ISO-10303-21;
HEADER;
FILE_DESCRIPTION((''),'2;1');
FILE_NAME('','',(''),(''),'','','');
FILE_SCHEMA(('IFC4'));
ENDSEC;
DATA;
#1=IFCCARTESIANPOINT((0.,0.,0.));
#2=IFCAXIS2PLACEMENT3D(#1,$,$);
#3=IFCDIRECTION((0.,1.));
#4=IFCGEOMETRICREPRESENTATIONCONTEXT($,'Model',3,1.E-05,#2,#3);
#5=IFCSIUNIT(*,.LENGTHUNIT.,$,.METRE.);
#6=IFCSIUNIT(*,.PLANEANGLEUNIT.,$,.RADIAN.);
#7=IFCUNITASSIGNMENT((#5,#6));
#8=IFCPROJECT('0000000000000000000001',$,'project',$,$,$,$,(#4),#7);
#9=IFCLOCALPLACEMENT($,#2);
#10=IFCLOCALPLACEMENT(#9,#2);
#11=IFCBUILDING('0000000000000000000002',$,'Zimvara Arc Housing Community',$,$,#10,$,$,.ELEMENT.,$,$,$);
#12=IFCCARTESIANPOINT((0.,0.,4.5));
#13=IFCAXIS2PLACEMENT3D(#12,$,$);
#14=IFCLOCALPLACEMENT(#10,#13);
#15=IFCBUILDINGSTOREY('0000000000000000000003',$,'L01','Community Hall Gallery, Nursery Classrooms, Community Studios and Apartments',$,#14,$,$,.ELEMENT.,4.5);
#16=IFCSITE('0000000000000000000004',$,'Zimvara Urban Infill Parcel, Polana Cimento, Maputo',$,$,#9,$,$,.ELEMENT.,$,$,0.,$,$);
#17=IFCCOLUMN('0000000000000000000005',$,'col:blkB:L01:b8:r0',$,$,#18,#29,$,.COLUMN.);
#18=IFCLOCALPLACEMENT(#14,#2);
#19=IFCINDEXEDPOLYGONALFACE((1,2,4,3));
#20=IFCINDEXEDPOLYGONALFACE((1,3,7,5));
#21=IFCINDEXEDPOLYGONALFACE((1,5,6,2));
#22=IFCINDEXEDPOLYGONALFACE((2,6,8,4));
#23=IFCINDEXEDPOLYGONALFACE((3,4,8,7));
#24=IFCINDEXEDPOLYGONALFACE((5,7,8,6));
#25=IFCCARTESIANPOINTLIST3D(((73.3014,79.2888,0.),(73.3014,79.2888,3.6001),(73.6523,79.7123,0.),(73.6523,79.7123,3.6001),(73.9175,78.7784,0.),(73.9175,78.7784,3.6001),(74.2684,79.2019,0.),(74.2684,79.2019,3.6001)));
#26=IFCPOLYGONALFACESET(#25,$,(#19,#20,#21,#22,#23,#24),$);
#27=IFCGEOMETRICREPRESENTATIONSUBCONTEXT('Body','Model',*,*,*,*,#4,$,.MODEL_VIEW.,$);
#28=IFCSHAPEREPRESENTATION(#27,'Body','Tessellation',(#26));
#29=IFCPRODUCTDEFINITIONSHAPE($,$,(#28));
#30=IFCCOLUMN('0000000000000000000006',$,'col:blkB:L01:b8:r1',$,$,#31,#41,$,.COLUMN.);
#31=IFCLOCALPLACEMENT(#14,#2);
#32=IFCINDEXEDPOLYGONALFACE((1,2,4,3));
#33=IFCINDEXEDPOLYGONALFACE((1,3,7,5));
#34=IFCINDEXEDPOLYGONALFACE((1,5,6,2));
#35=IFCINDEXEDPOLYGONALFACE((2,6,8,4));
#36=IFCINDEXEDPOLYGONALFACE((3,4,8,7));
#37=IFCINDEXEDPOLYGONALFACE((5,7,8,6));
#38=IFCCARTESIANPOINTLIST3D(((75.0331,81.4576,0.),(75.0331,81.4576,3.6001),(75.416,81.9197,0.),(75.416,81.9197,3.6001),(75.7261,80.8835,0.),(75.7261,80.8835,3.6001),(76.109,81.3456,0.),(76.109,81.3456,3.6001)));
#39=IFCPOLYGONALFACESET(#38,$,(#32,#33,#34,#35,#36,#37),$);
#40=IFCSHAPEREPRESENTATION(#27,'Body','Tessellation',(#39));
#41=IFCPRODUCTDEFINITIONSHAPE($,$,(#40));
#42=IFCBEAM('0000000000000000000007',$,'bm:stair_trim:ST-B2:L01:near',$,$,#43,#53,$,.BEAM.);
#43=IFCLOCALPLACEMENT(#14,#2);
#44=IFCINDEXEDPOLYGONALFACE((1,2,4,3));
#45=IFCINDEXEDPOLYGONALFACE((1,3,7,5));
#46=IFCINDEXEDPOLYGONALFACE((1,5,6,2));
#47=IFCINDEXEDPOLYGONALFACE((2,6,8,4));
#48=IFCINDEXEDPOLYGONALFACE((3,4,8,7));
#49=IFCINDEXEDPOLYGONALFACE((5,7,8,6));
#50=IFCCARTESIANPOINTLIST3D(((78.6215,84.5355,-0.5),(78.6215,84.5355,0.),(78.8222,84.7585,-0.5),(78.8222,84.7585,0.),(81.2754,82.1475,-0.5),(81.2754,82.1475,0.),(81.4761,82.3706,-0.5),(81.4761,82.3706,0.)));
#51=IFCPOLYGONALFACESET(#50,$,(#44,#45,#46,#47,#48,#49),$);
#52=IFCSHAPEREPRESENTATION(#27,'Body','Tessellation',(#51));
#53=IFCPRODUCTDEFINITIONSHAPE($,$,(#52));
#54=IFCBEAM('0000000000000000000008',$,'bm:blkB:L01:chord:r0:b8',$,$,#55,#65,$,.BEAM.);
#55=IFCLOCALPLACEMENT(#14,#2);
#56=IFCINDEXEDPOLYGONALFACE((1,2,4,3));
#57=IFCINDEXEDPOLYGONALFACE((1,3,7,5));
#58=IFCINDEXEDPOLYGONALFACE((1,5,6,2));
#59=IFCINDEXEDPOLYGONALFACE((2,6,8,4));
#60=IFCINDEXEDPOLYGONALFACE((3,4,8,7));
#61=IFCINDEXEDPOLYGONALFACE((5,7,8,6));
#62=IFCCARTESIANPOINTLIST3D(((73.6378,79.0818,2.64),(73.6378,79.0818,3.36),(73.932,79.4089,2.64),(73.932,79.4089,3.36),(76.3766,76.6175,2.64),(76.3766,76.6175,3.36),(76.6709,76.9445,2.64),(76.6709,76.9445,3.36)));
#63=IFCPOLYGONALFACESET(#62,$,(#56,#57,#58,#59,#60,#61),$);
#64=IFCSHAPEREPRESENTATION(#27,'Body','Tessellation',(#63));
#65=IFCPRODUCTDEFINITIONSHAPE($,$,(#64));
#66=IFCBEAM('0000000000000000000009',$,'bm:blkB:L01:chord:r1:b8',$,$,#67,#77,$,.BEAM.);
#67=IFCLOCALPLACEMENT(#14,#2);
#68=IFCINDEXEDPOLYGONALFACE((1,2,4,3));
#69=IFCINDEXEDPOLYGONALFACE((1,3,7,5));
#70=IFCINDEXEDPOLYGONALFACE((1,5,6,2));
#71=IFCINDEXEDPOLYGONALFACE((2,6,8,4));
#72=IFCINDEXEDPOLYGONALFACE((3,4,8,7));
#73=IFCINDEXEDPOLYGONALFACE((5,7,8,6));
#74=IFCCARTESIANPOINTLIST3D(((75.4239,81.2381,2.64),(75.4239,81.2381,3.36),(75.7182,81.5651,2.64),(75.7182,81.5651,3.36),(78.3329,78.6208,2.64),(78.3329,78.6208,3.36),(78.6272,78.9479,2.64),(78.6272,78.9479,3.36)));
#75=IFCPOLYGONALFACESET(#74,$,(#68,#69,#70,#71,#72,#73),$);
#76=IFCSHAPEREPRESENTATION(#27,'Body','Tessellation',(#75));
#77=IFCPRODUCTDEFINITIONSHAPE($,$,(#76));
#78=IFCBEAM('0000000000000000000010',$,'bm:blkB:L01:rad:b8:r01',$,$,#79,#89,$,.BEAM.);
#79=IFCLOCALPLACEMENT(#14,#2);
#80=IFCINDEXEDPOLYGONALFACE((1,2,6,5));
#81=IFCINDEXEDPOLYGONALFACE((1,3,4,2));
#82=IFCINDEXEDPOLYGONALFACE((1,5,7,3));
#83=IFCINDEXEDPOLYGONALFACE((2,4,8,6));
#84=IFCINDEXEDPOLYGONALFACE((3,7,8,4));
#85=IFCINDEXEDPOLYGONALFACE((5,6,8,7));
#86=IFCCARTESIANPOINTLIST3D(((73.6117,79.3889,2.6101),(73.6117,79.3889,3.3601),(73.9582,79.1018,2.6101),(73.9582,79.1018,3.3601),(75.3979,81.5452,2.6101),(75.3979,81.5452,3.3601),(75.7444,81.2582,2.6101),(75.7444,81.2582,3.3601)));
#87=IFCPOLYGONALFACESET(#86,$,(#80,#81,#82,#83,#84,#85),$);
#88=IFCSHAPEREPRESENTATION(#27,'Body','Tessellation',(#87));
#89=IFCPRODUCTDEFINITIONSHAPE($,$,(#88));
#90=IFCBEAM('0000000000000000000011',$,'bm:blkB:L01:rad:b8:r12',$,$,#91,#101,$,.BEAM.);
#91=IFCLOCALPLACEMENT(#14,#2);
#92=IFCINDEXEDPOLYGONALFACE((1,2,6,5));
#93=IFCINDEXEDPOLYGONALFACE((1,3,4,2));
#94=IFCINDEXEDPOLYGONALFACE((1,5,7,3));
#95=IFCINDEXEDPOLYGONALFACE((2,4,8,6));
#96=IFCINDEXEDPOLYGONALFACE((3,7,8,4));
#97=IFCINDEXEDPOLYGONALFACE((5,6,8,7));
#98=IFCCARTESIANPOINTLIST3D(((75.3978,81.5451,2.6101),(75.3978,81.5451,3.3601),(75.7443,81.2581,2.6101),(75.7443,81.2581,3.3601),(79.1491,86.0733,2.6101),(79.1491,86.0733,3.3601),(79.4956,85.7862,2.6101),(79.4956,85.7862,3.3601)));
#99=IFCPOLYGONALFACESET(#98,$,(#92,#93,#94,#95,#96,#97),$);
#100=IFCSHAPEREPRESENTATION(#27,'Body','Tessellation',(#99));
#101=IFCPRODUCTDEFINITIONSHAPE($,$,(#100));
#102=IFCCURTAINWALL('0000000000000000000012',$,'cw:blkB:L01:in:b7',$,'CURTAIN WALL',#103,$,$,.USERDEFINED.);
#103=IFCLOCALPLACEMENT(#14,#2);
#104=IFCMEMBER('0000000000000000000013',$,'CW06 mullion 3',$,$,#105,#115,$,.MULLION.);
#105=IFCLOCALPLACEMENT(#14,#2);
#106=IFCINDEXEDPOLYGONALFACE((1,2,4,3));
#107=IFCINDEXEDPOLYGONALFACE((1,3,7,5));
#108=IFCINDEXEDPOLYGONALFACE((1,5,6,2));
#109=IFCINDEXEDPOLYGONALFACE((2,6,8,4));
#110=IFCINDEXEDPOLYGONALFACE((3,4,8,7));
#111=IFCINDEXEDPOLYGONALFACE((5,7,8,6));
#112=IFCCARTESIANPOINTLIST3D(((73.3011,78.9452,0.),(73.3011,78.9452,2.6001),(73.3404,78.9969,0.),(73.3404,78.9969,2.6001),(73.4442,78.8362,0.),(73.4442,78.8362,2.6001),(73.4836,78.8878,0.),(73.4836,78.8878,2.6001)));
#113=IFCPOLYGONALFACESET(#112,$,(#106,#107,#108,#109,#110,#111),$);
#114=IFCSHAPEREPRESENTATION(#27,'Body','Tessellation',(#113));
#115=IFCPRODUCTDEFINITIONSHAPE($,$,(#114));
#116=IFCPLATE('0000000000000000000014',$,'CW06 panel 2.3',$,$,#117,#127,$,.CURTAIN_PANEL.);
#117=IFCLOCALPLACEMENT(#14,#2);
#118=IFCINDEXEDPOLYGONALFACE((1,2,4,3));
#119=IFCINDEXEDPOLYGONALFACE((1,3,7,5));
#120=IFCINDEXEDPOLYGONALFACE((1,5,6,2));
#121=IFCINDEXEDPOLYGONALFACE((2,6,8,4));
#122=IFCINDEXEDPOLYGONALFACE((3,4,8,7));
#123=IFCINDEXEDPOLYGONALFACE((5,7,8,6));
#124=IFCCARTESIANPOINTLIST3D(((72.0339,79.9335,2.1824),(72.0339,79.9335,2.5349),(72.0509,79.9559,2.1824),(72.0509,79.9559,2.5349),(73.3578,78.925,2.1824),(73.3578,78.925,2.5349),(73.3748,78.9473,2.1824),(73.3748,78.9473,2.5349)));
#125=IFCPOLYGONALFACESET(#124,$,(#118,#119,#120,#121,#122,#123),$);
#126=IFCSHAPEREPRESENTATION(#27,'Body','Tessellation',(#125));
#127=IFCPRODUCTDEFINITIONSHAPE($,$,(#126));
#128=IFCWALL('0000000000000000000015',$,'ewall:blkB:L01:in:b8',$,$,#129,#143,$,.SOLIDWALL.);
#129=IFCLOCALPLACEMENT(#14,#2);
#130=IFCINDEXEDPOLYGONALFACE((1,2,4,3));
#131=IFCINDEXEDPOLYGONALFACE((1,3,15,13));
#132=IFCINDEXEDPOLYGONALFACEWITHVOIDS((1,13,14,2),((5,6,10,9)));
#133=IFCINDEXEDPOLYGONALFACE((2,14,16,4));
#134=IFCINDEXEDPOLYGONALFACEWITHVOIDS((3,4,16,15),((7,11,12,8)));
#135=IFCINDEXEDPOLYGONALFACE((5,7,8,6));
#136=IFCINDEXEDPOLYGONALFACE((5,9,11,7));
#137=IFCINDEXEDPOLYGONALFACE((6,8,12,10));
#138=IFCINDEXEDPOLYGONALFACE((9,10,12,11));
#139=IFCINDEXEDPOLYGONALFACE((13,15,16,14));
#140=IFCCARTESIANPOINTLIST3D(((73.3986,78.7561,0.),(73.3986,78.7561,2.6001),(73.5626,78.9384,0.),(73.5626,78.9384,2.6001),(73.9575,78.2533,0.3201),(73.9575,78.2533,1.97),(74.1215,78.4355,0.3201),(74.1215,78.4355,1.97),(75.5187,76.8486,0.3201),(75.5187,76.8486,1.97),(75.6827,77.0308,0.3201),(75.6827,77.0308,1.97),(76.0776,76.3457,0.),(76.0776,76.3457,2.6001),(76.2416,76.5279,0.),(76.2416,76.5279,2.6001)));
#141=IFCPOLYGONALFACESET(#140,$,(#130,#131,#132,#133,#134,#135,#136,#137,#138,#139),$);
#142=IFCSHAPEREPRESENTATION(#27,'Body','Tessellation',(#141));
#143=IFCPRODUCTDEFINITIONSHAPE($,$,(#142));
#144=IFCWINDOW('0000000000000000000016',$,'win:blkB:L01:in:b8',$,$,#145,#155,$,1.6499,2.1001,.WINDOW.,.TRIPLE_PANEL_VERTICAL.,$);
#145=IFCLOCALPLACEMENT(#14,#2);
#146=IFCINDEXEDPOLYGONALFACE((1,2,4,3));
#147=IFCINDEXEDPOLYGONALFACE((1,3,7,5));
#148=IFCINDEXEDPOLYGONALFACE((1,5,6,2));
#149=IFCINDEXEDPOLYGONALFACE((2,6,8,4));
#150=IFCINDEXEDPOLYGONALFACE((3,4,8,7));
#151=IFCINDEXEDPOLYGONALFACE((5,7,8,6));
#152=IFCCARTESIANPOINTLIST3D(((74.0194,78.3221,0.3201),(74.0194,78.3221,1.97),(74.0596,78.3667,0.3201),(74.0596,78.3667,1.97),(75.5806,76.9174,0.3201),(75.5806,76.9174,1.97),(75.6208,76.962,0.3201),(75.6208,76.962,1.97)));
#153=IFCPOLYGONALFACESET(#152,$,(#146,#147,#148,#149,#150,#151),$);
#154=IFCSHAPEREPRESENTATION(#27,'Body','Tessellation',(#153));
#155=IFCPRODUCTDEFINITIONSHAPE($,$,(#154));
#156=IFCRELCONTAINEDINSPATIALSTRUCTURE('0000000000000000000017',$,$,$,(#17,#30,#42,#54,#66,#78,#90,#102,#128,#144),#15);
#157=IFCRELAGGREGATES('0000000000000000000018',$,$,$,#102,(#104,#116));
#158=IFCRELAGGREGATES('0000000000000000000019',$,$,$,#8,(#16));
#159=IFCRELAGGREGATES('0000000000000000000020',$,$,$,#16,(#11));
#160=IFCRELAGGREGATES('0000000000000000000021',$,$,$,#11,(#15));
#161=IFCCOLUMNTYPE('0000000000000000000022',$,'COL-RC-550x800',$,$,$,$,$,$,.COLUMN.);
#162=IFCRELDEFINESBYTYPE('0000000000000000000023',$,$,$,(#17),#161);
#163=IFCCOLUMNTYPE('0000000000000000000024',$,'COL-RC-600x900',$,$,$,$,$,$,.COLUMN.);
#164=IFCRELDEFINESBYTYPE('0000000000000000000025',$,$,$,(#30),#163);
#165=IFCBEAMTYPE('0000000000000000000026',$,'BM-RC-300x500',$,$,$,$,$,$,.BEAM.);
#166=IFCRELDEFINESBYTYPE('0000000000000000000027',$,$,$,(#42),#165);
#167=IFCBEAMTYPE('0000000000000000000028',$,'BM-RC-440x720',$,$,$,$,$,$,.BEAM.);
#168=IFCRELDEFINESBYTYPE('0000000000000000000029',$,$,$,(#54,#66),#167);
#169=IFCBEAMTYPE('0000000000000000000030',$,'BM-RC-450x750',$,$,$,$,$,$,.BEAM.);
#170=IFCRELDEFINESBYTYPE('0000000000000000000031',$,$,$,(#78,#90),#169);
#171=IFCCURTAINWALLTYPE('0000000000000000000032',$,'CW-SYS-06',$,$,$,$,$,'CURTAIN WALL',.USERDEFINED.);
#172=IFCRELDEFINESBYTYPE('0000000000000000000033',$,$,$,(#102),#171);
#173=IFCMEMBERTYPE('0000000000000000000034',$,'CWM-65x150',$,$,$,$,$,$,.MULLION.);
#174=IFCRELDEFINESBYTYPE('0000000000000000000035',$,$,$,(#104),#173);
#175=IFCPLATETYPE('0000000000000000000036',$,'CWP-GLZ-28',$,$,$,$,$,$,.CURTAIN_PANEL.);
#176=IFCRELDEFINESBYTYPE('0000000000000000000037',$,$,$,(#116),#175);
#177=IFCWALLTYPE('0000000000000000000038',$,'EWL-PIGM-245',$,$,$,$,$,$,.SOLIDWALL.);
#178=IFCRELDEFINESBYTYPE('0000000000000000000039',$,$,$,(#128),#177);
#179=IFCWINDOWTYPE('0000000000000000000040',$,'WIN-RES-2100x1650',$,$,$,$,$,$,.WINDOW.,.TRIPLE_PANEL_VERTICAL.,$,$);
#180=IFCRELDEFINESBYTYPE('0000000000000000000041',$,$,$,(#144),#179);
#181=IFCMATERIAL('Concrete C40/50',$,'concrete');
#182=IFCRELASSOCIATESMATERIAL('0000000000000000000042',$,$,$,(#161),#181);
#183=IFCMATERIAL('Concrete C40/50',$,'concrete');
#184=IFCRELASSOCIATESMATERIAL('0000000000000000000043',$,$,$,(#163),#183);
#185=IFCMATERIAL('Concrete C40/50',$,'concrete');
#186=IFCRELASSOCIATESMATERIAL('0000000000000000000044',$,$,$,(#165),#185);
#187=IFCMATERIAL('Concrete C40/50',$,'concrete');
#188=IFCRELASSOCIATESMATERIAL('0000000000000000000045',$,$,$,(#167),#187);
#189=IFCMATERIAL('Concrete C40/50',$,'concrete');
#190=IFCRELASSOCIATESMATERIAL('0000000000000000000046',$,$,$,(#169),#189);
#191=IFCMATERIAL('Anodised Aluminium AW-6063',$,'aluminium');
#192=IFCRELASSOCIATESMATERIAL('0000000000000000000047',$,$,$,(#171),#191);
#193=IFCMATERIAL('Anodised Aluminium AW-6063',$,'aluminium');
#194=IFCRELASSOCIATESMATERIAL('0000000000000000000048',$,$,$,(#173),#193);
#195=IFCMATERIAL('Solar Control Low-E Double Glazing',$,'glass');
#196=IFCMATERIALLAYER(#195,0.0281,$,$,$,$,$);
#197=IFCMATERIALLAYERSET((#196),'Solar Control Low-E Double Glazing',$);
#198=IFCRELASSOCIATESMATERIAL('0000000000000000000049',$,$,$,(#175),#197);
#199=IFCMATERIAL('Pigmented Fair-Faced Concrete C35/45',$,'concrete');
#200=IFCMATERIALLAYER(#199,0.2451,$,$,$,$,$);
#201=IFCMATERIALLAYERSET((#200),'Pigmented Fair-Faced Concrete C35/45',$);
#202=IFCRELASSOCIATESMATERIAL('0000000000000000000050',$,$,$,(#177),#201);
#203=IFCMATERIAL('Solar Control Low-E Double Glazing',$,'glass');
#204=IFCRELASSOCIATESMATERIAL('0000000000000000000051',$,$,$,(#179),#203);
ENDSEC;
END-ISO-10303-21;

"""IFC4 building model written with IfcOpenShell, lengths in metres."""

from ifc_helpers import new_model, si_unit, direction, frame, frame_2d, origin, origin_2d, place, context, subcontext, project, spatial, rectangle, extrude, material, layer, layer_set, material_profile, profile_set, type_object, element, fill, aggregate, save


model = new_model("IFC4")

# Units and contexts
model_context = context("Model", 3, precision=1e-05, world=origin(), true_north=direction((0.0, 1.0)))
body_context = subcontext(model_context, "Body", "Model", "MODEL_VIEW")
ifc_project = project(units=[si_unit("LENGTHUNIT", "METRE"), si_unit("PLANEANGLEUNIT", "RADIAN")], contexts=[model_context])

# Site, building, storey
site_placement = place(None, origin())
site = spatial("IfcSite", under=ifc_project, at=site_placement, Name="Zimvara Urban Infill Parcel, Polana Cimento, Maputo", CompositionType="ELEMENT", RefElevation=0.0)
building_placement = place(site_placement, origin())
building = spatial("IfcBuilding", under=site, at=building_placement, Name="Zimvara Arc Housing Community", CompositionType="ELEMENT")
storey_placement = place(building_placement, frame((0.0, 0.0, 4.5)))
storey = spatial("IfcBuildingStorey", under=building, at=storey_placement, Name="L01", Description="Community Hall Gallery, Nursery Classrooms, Community Studios and Apartments", CompositionType="ELEMENT", Elevation=4.5)

# Columns
ifc_material_1 = material(Name="Concrete C40/50", Category="concrete")
ifc_material_profile_1 = material_profile(ifc_material_1, rectangle(XDim=0.55, YDim=0.8, at=origin_2d()), Name="RC 550x800")
ifc_profile_set_1 = profile_set([ifc_material_profile_1], Name="Concrete C40/50")
column_type_1 = type_object("IfcColumnType", Name="COL-RC-550x800", PredefinedType="COLUMN", material=ifc_profile_set_1)
column_1_placement = place(storey_placement, frame((73.7849, 79.2454, 0.0), z_axis=(0.0, 0.0, 1.0), x_axis=(0.637962, 0.770068, 0.0)))
element("IfcColumn", 1, at=column_1_placement, inside=storey, type_object=column_type_1, Name="col:blkB:L01:b8:r0", PredefinedType="COLUMN", context=body_context, shape_type="SweptSolid", body=[
    extrude(rectangle(XDim=0.55, YDim=0.8, at=origin_2d()), origin(), (0.0, 0.0, 1.0), 3.6001),
])
ifc_material_2 = material(Name="Concrete C40/50", Category="concrete")
ifc_material_profile_2 = material_profile(ifc_material_2, rectangle(XDim=0.6001, YDim=0.8999, at=origin_2d()), Name="RC 600x900")
ifc_profile_set_2 = profile_set([ifc_material_profile_2], Name="Concrete C40/50")
column_type_2 = type_object("IfcColumnType", Name="COL-RC-600x900", PredefinedType="COLUMN", material=ifc_profile_set_2)
column_2_placement = place(storey_placement, frame((75.571, 81.4016, 0.0), z_axis=(0.0, 0.0, 1.0), x_axis=(0.637962, 0.770068, 0.0)))
element("IfcColumn", 2, at=column_2_placement, inside=storey, type_object=column_type_2, Name="col:blkB:L01:b8:r1", PredefinedType="COLUMN", context=body_context, shape_type="SweptSolid", body=[
    extrude(rectangle(XDim=0.6001, YDim=0.8999, at=origin_2d()), origin(), (0.0, 0.0, 1.0), 3.6001),
])

# Beams
ifc_material_3 = material(Name="Concrete C40/50", Category="concrete")
ifc_material_profile_3 = material_profile(ifc_material_3, rectangle(XDim=0.3, YDim=0.5, at=origin_2d()), Name="RC 300x500")
ifc_profile_set_3 = profile_set([ifc_material_profile_3], Name="Concrete C40/50")
beam_type_1 = type_object("IfcBeamType", Name="BM-RC-300x500", PredefinedType="BEAM", material=ifc_profile_set_3)
beam_1_placement = place(storey_placement, frame((81.3757, 82.259, -0.25), z_axis=(-0.743362, 0.668889, 0.0), x_axis=(-0.668889, -0.743362, 0.0)))
element("IfcBeam", 3, at=beam_1_placement, inside=storey, type_object=beam_type_1, Name="bm:stair_trim:ST-B2:L01:near", PredefinedType="BEAM", context=body_context, shape_type="SweptSolid", body=[
    extrude(rectangle(XDim=0.3, YDim=0.5, at=origin_2d()), origin(), (0.0, 0.0, 1.0), 3.5701),
])
ifc_material_4 = material(Name="Concrete C40/50", Category="concrete")
ifc_material_profile_4 = material_profile(ifc_material_4, rectangle(XDim=0.4399, YDim=0.72, at=origin_2d()), Name="RC 440x720")
ifc_profile_set_4 = profile_set([ifc_material_profile_4], Name="Concrete C40/50")
beam_type_2 = type_object("IfcBeamType", Name="BM-RC-440x720", PredefinedType="BEAM", material=ifc_profile_set_4)
beam_2_placement = place(storey_placement, frame((73.7849, 79.2454, 3.0), z_axis=(0.743367, -0.668884, 0.0), x_axis=(0.668884, 0.743367, 0.0)))
element("IfcBeam", 4, at=beam_2_placement, inside=storey, type_object=beam_type_2, Name="bm:blkB:L01:chord:r0:b8", PredefinedType="BEAM", context=body_context, shape_type="SweptSolid", body=[
    extrude(rectangle(XDim=0.4399, YDim=0.72, at=origin_2d()), origin(), (0.0, 0.0, 1.0), 3.6843),
])
beam_3_placement = place(storey_placement, frame((75.571, 81.4016, 3.0), z_axis=(0.743403, -0.668844, 0.0), x_axis=(0.668844, 0.743403, 0.0)))
element("IfcBeam", 5, at=beam_3_placement, inside=storey, type_object=beam_type_2, Name="bm:blkB:L01:chord:r1:b8", PredefinedType="BEAM", context=body_context, shape_type="SweptSolid", body=[
    extrude(rectangle(XDim=0.4399, YDim=0.72, at=origin_2d()), origin(), (0.0, 0.0, 1.0), 3.9131),
])
ifc_material_5 = material(Name="Concrete C40/50", Category="concrete")
ifc_material_profile_5 = material_profile(ifc_material_5, rectangle(XDim=0.45, YDim=0.75, at=origin_2d()), Name="RC 450x750")
ifc_profile_set_5 = profile_set([ifc_material_profile_5], Name="Concrete C40/50")
beam_type_3 = type_object("IfcBeamType", Name="BM-RC-450x750", PredefinedType="BEAM", material=ifc_profile_set_5)
beam_4_placement = place(storey_placement, frame((73.7849, 79.2454, 2.9851), z_axis=(0.637917, 0.770105, 0.0), x_axis=(-0.770105, 0.637917, 0.0)))
element("IfcBeam", 6, at=beam_4_placement, inside=storey, type_object=beam_type_3, Name="bm:blkB:L01:rad:b8:r01", PredefinedType="BEAM", context=body_context, shape_type="SweptSolid", body=[
    extrude(rectangle(XDim=0.45, YDim=0.75, at=origin_2d()), origin(), (0.0, 0.0, 1.0), 2.8),
])
beam_5_placement = place(storey_placement, frame((75.571, 81.4016, 2.9851), z_axis=(0.637956, 0.770073, 0.0), x_axis=(-0.770073, 0.637956, 0.0)))
element("IfcBeam", 7, at=beam_5_placement, inside=storey, type_object=beam_type_3, Name="bm:blkB:L01:rad:b8:r12", PredefinedType="BEAM", context=body_context, shape_type="SweptSolid", body=[
    extrude(rectangle(XDim=0.45, YDim=0.75, at=origin_2d()), origin(), (0.0, 0.0, 1.0), 5.8801),
])

# Curtain wall, member, plate
ifc_material_6 = material(Name="Anodised Aluminium AW-6063", Category="aluminium")
curtain_wall_type = type_object("IfcCurtainWallType", Name="CW-SYS-06", ElementType="CURTAIN WALL", PredefinedType="USERDEFINED", material=ifc_material_6)
curtain_wall_placement = place(storey_placement, origin())
curtain_wall = element("IfcCurtainWall", 8, at=curtain_wall_placement, inside=storey, type_object=curtain_wall_type, Name="cw:blkB:L01:in:b7", ObjectType="CURTAIN WALL", PredefinedType="USERDEFINED")
ifc_material_7 = material(Name="Anodised Aluminium AW-6063", Category="aluminium")
ifc_material_profile_6 = material_profile(ifc_material_7, rectangle(XDim=0.0649, YDim=0.1799, at=origin_2d()), Name="ALU 65x180")
ifc_profile_set_6 = profile_set([ifc_material_profile_6], Name="Anodised Aluminium AW-6063")
member_type = type_object("IfcMemberType", Name="CWM-65x150", PredefinedType="MULLION", material=ifc_profile_set_6)
member_placement = place(storey_placement, frame((73.3923, 78.9165, 0.0), z_axis=(0.0, 0.0, 1.0), x_axis=(0.605988, 0.795474, 0.0)))
member = element("IfcMember", 9, at=member_placement, type_object=member_type, Name="CW06 mullion 3", PredefinedType="MULLION", context=body_context, shape_type="SweptSolid", body=[
    extrude(rectangle(XDim=0.0649, YDim=0.1799, at=origin_2d()), origin(), (0.0, 0.0, 1.0), 2.6001),
])
ifc_material_8 = material(Name="Solar Control Low-E Double Glazing", Category="glass")
ifc_layer_1 = layer(ifc_material_8, 0.0281)
ifc_layer_set_1 = layer_set([ifc_layer_1], Name="Solar Control Low-E Double Glazing")
plate_type = type_object("IfcPlateType", Name="CWP-GLZ-28", PredefinedType="CURTAIN_PANEL", material=ifc_layer_set_1)
plate_placement = place(storey_placement, frame((72.7043, 79.4404, 2.1824), z_axis=(0.0, 0.0, 1.0), x_axis=(0.795474, -0.605988, 0.0)))
plate = element("IfcPlate", 10, at=plate_placement, type_object=plate_type, Name="CW06 panel 2.3", PredefinedType="CURTAIN_PANEL", context=body_context, shape_type="SweptSolid", body=[
    extrude(rectangle(XDim=1.6643, YDim=0.0281, at=origin_2d()), origin(), (0.0, 0.0, 1.0), 0.3525),
])
aggregate(curtain_wall, [member, plate])

# Wall, opening, window
ifc_material_9 = material(Name="Pigmented Fair-Faced Concrete C35/45", Category="concrete")
ifc_layer_2 = layer(ifc_material_9, 0.2451)
ifc_layer_set_2 = layer_set([ifc_layer_2], Name="Pigmented Fair-Faced Concrete C35/45")
wall_type_1 = type_object("IfcWallType", Name="EWL-PIGM-245", PredefinedType="SOLIDWALL", material=ifc_layer_set_2)
wall_1_placement = place(storey_placement, frame((73.4807, 78.8472, 0.0), z_axis=(0.0, 0.0, 1.0), x_axis=(0.743385, -0.668864, 0.0)))
wall_1 = element("IfcWall", 11, at=wall_1_placement, inside=storey, type_object=wall_type_1, Name="ewall:blkB:L01:in:b8", PredefinedType="SOLIDWALL", context=body_context, shape_type="SweptSolid", body=[
    extrude(rectangle(XDim=3.6038, YDim=0.2451, at=frame_2d((1.8018, 0.0))), origin(), (0.0, 0.0, 1.0), 2.6001),
])
opening_1_placement = place(wall_1_placement, frame((0.7517, 0.0, 0.3201)))
opening_1 = element("IfcOpeningElement", 12, at=opening_1_placement, cuts=wall_1, PredefinedType="OPENING", context=body_context, shape_type="SweptSolid", body=[
    extrude(rectangle(XDim=2.1001, YDim=1.6499, at=frame_2d((1.05, 0.825))), frame((0.0, 0.1326, 0.0), z_axis=(0.0, -1.0, 0.0), x_axis=(1.0, 0.0, 0.0)), (0.0, 0.0, 1.0), 0.2651),
])
ifc_material_10 = material(Name="Solar Control Low-E Double Glazing", Category="glass")
window_type = type_object("IfcWindowType", Name="WIN-RES-2100x1650", PartitioningType="TRIPLE_PANEL_VERTICAL", PredefinedType="WINDOW", material=ifc_material_10)
window_placement = place(opening_1_placement, origin())
window = element("IfcWindow", 13, at=window_placement, inside=storey, type_object=window_type, Name="win:blkB:L01:in:b8", OverallHeight=1.6499, OverallWidth=2.1001, PartitioningType="TRIPLE_PANEL_VERTICAL", PredefinedType="WINDOW", context=body_context, shape_type="SweptSolid", body=[
    extrude(rectangle(XDim=2.1001, YDim=1.6499, at=frame_2d((1.05, 0.825))), frame((0.0, 0.03, 0.0), z_axis=(0.0, -1.0, 0.0), x_axis=(1.0, 0.0, 0.0)), (0.0, 0.0, 1.0), 0.0601),
])
fill(opening_1, window)

save(model, "model.ifc")
